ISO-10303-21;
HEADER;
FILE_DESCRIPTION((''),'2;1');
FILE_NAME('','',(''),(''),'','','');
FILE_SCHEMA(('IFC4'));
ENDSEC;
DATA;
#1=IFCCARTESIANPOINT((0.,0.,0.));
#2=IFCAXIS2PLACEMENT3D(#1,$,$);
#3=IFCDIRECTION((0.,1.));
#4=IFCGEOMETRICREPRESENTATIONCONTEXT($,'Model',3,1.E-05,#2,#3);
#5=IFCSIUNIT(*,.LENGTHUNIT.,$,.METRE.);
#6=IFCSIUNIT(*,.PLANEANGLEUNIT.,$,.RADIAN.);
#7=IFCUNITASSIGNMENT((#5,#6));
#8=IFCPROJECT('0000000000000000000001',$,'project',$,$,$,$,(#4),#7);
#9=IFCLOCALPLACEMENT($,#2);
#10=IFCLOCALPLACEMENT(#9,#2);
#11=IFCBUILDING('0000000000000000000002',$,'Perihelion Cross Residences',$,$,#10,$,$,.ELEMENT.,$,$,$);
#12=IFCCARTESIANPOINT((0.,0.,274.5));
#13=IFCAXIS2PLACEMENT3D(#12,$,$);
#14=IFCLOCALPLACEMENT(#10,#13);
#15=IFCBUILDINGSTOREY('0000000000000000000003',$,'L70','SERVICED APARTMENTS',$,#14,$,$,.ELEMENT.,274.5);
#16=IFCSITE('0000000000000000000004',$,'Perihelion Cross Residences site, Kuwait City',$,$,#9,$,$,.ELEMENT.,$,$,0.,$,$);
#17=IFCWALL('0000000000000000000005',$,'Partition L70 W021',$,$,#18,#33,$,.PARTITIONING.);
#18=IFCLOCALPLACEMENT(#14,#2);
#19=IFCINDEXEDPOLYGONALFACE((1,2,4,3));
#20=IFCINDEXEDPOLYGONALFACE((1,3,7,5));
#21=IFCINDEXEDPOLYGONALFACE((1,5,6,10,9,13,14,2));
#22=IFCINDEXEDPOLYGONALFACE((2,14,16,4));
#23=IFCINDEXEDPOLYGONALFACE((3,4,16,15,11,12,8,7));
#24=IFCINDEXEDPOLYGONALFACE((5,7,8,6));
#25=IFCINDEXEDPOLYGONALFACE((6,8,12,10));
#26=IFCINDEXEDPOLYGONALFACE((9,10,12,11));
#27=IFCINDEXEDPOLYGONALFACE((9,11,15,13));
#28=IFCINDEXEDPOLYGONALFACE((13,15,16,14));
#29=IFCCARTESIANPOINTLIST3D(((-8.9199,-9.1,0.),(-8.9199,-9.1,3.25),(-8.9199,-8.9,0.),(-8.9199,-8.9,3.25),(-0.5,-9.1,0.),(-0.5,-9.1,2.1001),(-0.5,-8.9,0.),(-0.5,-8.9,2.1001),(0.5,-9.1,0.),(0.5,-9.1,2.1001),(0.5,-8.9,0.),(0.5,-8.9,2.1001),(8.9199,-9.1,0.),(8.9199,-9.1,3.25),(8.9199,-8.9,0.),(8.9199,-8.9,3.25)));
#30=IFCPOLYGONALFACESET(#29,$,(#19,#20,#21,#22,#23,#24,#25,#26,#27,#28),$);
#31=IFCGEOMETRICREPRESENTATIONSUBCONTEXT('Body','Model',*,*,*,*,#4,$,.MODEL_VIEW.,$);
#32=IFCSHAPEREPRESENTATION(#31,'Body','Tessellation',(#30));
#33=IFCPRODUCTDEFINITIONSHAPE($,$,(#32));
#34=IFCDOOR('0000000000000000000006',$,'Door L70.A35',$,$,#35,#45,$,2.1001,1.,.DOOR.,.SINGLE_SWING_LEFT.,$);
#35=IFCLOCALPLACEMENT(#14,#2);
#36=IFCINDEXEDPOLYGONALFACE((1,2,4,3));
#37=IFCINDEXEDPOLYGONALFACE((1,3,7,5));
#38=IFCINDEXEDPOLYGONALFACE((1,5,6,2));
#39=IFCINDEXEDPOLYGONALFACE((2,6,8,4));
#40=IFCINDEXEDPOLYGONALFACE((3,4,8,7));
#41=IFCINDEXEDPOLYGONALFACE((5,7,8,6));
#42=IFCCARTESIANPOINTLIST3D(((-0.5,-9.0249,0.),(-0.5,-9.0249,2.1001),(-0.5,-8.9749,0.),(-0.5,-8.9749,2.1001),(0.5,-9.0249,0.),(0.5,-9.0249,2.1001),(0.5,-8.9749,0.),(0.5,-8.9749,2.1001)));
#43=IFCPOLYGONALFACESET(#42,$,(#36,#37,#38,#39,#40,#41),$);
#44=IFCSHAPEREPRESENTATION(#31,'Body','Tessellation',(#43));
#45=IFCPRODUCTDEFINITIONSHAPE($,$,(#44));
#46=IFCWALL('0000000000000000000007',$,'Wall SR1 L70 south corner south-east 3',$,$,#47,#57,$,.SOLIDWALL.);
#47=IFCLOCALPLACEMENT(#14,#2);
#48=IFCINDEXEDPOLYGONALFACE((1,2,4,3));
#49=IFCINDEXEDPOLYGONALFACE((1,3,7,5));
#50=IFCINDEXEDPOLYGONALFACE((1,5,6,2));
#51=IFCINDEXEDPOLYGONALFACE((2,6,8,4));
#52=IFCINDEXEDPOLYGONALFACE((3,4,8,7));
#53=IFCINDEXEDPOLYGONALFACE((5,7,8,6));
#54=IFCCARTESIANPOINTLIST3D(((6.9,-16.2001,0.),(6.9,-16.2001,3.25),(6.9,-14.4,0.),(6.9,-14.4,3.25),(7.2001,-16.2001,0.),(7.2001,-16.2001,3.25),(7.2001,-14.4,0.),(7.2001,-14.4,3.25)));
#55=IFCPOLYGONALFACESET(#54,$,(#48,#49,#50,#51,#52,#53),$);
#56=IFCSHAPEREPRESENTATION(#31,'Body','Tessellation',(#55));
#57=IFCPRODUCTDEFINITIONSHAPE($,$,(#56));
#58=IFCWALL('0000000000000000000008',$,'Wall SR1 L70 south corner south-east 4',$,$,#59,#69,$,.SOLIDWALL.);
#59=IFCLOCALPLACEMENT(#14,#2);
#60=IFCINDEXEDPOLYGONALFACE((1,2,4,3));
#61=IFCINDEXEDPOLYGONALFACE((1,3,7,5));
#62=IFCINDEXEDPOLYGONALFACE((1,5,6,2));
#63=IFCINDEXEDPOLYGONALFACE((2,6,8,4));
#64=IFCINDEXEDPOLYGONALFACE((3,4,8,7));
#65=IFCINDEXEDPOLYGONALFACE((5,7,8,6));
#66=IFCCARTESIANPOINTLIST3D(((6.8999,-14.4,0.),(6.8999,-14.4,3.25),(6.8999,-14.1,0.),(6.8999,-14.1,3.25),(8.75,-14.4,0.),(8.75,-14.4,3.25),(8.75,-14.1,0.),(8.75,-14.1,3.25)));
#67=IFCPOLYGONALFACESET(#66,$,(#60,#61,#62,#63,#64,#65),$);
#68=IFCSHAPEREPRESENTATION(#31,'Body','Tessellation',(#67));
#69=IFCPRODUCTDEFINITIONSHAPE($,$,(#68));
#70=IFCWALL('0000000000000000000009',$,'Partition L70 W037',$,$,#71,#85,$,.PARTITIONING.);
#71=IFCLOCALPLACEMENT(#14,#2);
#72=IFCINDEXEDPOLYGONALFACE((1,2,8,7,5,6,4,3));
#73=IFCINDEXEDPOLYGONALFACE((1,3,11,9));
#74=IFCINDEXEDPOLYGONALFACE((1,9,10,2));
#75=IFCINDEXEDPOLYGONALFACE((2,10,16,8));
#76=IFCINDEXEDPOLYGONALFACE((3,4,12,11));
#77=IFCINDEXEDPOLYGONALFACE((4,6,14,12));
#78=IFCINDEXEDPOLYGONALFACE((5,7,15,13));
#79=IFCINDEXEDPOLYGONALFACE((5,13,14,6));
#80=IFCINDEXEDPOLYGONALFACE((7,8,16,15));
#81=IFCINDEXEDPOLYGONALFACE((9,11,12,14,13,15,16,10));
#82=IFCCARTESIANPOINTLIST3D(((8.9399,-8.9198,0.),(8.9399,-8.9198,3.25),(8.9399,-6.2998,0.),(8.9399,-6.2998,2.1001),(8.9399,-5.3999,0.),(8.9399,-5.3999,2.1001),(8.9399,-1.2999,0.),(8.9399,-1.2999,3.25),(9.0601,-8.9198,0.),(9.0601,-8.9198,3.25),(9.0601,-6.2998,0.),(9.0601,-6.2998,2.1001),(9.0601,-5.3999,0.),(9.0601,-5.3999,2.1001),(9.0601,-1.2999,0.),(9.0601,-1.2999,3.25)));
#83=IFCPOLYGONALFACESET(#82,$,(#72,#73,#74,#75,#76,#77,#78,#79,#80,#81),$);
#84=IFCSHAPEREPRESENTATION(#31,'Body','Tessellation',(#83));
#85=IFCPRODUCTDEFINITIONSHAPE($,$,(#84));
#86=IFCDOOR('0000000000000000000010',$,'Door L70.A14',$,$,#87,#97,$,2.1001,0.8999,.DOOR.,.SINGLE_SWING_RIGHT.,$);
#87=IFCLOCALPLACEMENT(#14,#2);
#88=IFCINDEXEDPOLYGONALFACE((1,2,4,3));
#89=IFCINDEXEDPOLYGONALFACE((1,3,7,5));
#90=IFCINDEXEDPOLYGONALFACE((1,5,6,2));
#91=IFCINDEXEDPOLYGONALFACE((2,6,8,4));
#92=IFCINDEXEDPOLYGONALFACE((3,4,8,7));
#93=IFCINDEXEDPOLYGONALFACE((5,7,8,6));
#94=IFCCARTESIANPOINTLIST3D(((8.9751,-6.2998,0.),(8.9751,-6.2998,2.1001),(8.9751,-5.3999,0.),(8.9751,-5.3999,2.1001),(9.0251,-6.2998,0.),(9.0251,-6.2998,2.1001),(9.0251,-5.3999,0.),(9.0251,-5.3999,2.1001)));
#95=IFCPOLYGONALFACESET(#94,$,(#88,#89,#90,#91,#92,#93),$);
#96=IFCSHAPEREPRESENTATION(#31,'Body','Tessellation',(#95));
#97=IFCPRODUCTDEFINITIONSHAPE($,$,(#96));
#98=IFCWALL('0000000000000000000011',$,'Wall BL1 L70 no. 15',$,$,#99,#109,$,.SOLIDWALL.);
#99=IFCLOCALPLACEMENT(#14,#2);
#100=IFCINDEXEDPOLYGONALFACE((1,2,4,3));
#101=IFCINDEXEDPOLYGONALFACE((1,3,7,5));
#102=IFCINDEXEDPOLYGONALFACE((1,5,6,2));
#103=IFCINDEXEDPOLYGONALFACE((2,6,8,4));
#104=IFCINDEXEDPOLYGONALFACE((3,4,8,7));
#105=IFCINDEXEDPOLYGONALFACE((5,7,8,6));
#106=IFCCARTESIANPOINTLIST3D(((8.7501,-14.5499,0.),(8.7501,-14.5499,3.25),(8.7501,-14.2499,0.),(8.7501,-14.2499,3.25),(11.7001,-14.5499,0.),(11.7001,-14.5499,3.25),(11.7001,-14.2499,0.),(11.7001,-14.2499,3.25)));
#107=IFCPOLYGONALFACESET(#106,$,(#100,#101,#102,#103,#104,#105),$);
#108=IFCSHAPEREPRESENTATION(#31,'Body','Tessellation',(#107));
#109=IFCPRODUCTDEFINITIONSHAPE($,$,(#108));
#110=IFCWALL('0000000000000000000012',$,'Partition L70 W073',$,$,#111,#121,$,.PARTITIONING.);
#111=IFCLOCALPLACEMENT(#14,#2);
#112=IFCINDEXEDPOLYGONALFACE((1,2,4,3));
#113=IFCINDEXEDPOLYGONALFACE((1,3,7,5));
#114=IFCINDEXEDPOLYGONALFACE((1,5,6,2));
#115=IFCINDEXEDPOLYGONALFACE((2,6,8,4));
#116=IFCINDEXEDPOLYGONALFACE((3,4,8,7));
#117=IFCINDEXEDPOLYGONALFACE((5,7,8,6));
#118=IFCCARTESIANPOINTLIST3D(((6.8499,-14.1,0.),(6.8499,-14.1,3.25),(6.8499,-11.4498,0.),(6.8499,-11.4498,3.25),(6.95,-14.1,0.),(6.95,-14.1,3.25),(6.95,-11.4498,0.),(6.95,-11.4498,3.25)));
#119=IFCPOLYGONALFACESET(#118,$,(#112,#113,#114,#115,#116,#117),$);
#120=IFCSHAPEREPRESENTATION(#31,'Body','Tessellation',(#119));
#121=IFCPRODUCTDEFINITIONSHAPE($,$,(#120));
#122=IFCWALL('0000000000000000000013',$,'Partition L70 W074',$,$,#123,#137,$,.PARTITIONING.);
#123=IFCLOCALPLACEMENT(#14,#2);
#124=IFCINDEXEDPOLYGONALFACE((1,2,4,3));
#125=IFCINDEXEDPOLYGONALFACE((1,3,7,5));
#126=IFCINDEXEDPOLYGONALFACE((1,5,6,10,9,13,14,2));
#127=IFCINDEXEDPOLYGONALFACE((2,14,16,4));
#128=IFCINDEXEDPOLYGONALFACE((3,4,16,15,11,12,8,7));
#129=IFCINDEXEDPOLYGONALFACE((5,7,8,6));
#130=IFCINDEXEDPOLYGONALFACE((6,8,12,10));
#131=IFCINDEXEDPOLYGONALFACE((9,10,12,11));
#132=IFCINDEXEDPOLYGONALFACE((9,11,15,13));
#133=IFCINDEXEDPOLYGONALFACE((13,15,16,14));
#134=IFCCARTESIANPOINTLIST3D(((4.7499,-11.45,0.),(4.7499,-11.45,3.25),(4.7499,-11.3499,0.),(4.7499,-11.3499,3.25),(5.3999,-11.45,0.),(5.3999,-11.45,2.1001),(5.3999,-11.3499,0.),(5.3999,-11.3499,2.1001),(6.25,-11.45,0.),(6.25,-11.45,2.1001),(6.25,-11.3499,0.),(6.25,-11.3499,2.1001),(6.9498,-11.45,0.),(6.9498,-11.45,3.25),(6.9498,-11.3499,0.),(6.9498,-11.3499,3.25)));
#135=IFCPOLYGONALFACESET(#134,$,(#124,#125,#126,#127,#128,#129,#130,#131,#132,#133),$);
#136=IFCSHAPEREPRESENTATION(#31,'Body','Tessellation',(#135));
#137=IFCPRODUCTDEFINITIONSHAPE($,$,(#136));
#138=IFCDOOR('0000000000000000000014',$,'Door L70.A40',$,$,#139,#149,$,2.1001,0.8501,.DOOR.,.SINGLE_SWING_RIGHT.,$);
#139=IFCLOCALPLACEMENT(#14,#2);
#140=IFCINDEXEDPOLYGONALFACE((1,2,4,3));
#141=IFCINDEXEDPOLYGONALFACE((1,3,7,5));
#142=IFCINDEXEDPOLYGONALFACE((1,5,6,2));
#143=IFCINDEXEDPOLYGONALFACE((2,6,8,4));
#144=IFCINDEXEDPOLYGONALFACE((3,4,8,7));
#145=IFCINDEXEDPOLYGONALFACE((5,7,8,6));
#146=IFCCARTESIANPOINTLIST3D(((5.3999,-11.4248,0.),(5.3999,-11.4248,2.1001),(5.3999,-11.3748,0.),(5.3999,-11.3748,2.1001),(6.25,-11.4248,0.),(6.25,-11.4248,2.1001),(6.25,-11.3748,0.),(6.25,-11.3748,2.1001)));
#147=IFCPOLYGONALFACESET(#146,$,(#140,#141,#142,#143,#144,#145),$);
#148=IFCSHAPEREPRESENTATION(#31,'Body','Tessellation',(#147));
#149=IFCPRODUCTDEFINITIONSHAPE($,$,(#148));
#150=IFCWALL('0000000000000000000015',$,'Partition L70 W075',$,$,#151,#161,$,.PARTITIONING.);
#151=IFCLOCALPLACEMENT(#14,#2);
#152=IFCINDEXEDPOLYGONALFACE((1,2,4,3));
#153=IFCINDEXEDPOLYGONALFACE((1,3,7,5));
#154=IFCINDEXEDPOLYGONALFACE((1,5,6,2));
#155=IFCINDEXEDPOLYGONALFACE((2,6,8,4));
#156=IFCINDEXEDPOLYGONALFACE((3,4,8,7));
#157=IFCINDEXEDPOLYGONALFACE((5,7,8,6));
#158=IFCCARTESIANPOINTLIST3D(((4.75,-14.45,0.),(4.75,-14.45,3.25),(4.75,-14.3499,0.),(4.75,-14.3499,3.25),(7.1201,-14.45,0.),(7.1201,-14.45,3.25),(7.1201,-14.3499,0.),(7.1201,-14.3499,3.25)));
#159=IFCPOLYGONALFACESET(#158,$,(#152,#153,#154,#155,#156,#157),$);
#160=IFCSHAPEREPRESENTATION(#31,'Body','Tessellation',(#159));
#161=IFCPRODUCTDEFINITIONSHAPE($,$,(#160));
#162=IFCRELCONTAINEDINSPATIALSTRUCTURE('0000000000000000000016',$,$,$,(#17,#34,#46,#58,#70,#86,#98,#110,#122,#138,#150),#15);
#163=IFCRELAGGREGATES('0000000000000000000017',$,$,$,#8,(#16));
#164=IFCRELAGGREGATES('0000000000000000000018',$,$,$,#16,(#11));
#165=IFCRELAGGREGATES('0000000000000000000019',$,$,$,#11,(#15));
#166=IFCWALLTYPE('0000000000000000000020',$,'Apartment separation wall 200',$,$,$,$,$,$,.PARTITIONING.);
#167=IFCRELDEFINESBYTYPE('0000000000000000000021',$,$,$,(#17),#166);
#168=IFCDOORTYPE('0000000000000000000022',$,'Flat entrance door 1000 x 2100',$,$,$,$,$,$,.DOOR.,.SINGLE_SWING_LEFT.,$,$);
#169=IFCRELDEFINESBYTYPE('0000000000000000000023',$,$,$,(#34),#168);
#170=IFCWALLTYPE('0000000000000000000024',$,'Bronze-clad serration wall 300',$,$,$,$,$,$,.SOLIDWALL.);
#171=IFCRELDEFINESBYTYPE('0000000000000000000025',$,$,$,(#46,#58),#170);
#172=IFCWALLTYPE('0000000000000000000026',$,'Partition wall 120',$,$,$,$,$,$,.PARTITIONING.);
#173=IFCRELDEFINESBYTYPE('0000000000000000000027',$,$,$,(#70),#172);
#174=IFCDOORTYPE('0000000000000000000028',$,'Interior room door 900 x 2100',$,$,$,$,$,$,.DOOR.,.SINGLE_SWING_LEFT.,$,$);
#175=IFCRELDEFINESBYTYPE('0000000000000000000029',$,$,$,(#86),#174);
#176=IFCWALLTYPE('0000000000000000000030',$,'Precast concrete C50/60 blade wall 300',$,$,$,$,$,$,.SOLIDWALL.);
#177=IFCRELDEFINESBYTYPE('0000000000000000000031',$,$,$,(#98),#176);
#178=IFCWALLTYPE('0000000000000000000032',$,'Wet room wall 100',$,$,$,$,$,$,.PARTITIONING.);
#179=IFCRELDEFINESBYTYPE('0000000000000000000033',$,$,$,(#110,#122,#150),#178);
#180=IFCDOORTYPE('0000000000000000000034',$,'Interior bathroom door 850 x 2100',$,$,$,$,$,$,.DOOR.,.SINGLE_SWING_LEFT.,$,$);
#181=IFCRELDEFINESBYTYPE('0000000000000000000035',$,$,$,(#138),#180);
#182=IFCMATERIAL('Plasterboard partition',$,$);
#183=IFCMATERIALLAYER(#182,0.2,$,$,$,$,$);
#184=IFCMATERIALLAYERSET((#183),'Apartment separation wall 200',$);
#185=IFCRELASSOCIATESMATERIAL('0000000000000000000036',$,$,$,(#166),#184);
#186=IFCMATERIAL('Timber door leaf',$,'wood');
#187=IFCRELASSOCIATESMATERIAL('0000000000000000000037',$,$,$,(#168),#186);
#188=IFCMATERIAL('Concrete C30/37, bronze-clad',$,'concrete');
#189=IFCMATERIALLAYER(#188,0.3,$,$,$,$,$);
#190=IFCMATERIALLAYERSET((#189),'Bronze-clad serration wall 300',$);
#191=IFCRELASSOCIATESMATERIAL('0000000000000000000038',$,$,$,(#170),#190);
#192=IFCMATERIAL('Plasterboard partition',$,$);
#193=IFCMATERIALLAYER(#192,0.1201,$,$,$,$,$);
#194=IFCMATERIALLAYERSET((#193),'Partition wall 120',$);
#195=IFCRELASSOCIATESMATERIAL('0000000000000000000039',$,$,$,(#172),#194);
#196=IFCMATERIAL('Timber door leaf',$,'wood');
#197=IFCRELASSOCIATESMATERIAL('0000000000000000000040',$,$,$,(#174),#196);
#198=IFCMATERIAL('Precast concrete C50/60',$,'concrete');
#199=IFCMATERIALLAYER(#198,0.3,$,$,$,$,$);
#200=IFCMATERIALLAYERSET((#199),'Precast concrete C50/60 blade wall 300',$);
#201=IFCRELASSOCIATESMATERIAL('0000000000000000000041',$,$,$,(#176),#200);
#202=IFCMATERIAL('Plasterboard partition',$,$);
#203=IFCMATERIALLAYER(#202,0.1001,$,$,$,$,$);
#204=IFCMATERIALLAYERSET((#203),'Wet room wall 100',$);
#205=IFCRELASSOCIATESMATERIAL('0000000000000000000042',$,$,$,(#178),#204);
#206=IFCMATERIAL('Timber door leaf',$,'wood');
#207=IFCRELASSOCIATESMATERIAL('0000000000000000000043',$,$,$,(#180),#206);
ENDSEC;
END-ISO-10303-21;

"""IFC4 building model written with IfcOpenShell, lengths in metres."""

from ifc_helpers import new_model, si_unit, direction, frame, frame_2d, origin, place, context, subcontext, project, spatial, rectangle, extrude, material, layer, layer_set, type_object, element, fill, save


model = new_model("IFC4")

# Units and contexts
model_context = context("Model", 3, precision=1e-05, world=origin(), true_north=direction((0.0, 1.0)))
body_context = subcontext(model_context, "Body", "Model", "MODEL_VIEW")
ifc_project = project(units=[si_unit("LENGTHUNIT", "METRE"), si_unit("PLANEANGLEUNIT", "RADIAN")], contexts=[model_context])

# Site, building, storey
site_placement = place(None, origin())
site = spatial("IfcSite", under=ifc_project, at=site_placement, Name="Perihelion Cross Residences site, Kuwait City", CompositionType="ELEMENT", RefElevation=0.0)
building_placement = place(site_placement, origin())
building = spatial("IfcBuilding", under=site, at=building_placement, Name="Perihelion Cross Residences", CompositionType="ELEMENT")
storey_placement = place(building_placement, frame((0.0, 0.0, 274.5)))
storey = spatial("IfcBuildingStorey", under=building, at=storey_placement, Name="L70", Description="SERVICED APARTMENTS", CompositionType="ELEMENT", Elevation=274.5)

# Wall, opening, door
ifc_material_1 = material(Name="Plasterboard partition")
ifc_layer_1 = layer(ifc_material_1, 0.2)
ifc_layer_set_1 = layer_set([ifc_layer_1], Name="Apartment separation wall 200")
wall_type_1 = type_object("IfcWallType", Name="Apartment separation wall 200", PredefinedType="PARTITIONING", material=ifc_layer_set_1)
wall_1_placement = place(storey_placement, frame((8.9199, -9.0, 0.0), z_axis=(0.0, 0.0, 1.0), x_axis=(-1.0, 0.0, 0.0)))
wall_1 = element("IfcWall", 1, at=wall_1_placement, inside=storey, type_object=wall_type_1, Name="Partition L70 W021", PredefinedType="PARTITIONING", context=body_context, shape_type="SweptSolid", body=[
    extrude(rectangle(XDim=17.8398, YDim=0.2, at=frame_2d((8.9199, 0.0))), origin(), (0.0, 0.0, 1.0), 3.25),
])
opening_1_placement = place(wall_1_placement, frame((8.4199, 0.0, 0.0)))
opening_1 = element("IfcOpeningElement", 2, at=opening_1_placement, cuts=wall_1, PredefinedType="OPENING", context=body_context, shape_type="SweptSolid", body=[
    extrude(rectangle(XDim=1.0, YDim=2.1001, at=frame_2d((0.5, 1.05))), frame((0.0, 0.1099, 0.0), z_axis=(0.0, -1.0, 0.0), x_axis=(1.0, 0.0, 0.0)), (0.0, 0.0, 1.0), 0.22),
])
ifc_material_2 = material(Name="Timber door leaf", Category="wood")
door_type_1 = type_object("IfcDoorType", Name="Flat entrance door 1000 x 2100", OperationType="SINGLE_SWING_LEFT", PredefinedType="DOOR", material=ifc_material_2)
door_1_placement = place(opening_1_placement, origin())
door_1 = element("IfcDoor", 3, at=door_1_placement, inside=storey, type_object=door_type_1, Name="Door L70.A35", OperationType="SINGLE_SWING_LEFT", OverallHeight=2.1001, OverallWidth=1.0, PredefinedType="DOOR", context=body_context, shape_type="SweptSolid", body=[
    extrude(rectangle(XDim=1.0, YDim=2.1001, at=frame_2d((0.5, 1.05))), frame((0.0, 0.0249, 0.0), z_axis=(0.0, -1.0, 0.0), x_axis=(1.0, 0.0, 0.0)), (0.0, 0.0, 1.0), 0.05),
])
fill(opening_1, door_1)

# Walls
ifc_material_3 = material(Name="Concrete C30/37, bronze-clad", Category="concrete")
ifc_layer_2 = layer(ifc_material_3, 0.3)
ifc_layer_set_2 = layer_set([ifc_layer_2], Name="Bronze-clad serration wall 300")
wall_type_2 = type_object("IfcWallType", Name="Bronze-clad serration wall 300", PredefinedType="SOLIDWALL", material=ifc_layer_set_2)
wall_2_placement = place(storey_placement, frame((7.05, -16.2, 0.0), z_axis=(0.0, 0.0, 1.0), x_axis=(0.0, 1.0, 0.0)))
element("IfcWall", 4, at=wall_2_placement, inside=storey, type_object=wall_type_2, Name="Wall SR1 L70 south corner south-east 3", PredefinedType="SOLIDWALL", context=body_context, shape_type="SweptSolid", body=[
    extrude(rectangle(XDim=1.8, YDim=0.3, at=frame_2d((0.8999, 0.0))), origin(), (0.0, 0.0, 1.0), 3.25),
])
wall_3_placement = place(storey_placement, frame((6.8999, -14.25, 0.0), z_axis=(0.0, 0.0, 1.0), x_axis=(1.0, 0.0, 0.0)))
element("IfcWall", 5, at=wall_3_placement, inside=storey, type_object=wall_type_2, Name="Wall SR1 L70 south corner south-east 4", PredefinedType="SOLIDWALL", context=body_context, shape_type="SweptSolid", body=[
    extrude(rectangle(XDim=1.8501, YDim=0.3, at=frame_2d((0.925, 0.0))), origin(), (0.0, 0.0, 1.0), 3.25),
])

# Wall, opening, door
ifc_material_4 = material(Name="Plasterboard partition")
ifc_layer_3 = layer(ifc_material_4, 0.1201)
ifc_layer_set_3 = layer_set([ifc_layer_3], Name="Partition wall 120")
wall_type_3 = type_object("IfcWallType", Name="Partition wall 120", PredefinedType="PARTITIONING", material=ifc_layer_set_3)
wall_4_placement = place(storey_placement, frame((9.0, -8.9199, 0.0), z_axis=(0.0, 0.0, 1.0), x_axis=(0.0, 1.0, 0.0)))
wall_4 = element("IfcWall", 6, at=wall_4_placement, inside=storey, type_object=wall_type_3, Name="Partition L70 W037", PredefinedType="PARTITIONING", context=body_context, shape_type="SweptSolid", body=[
    extrude(rectangle(XDim=7.6199, YDim=0.1201, at=frame_2d((3.8101, 0.0))), origin(), (0.0, 0.0, 1.0), 3.25),
])
opening_2_placement = place(wall_4_placement, frame((2.6201, 0.0, 0.0)))
opening_2 = element("IfcOpeningElement", 7, at=opening_2_placement, cuts=wall_4, PredefinedType="OPENING", context=body_context, shape_type="SweptSolid", body=[
    extrude(rectangle(XDim=0.8999, YDim=2.1001, at=frame_2d((0.45, 1.05))), frame((0.0, 0.0701, 0.0), z_axis=(0.0, -1.0, 0.0), x_axis=(1.0, 0.0, 0.0)), (0.0, 0.0, 1.0), 0.1401),
])
ifc_material_5 = material(Name="Timber door leaf", Category="wood")
door_type_2 = type_object("IfcDoorType", Name="Interior room door 900 x 2100", OperationType="SINGLE_SWING_LEFT", PredefinedType="DOOR", material=ifc_material_5)
door_2_placement = place(opening_2_placement, origin())
door_2 = element("IfcDoor", 8, at=door_2_placement, inside=storey, type_object=door_type_2, Name="Door L70.A14", OperationType="SINGLE_SWING_RIGHT", OverallHeight=2.1001, OverallWidth=0.8999, PredefinedType="DOOR", context=body_context, shape_type="SweptSolid", body=[
    extrude(rectangle(XDim=0.8999, YDim=2.1001, at=frame_2d((0.45, 1.05))), frame((0.0, 0.0249, 0.0), z_axis=(0.0, -1.0, 0.0), x_axis=(1.0, 0.0, 0.0)), (0.0, 0.0, 1.0), 0.05),
])
fill(opening_2, door_2)

# Walls
ifc_material_6 = material(Name="Precast concrete C50/60", Category="concrete")
ifc_layer_4 = layer(ifc_material_6, 0.3)
ifc_layer_set_4 = layer_set([ifc_layer_4], Name="Precast concrete C50/60 blade wall 300")
wall_type_4 = type_object("IfcWallType", Name="Precast concrete C50/60 blade wall 300", PredefinedType="SOLIDWALL", material=ifc_layer_set_4)
wall_5_placement = place(storey_placement, frame((8.75, -14.3999, 0.0), z_axis=(0.0, 0.0, 1.0), x_axis=(1.0, 0.0, 0.0)))
element("IfcWall", 9, at=wall_5_placement, inside=storey, type_object=wall_type_4, Name="Wall BL1 L70 no. 15", PredefinedType="SOLIDWALL", context=body_context, shape_type="SweptSolid", body=[
    extrude(rectangle(XDim=2.95, YDim=0.3, at=frame_2d((1.4751, 0.0))), origin(), (0.0, 0.0, 1.0), 3.25),
])
ifc_material_7 = material(Name="Plasterboard partition")
ifc_layer_5 = layer(ifc_material_7, 0.1001)
ifc_layer_set_5 = layer_set([ifc_layer_5], Name="Wet room wall 100")
wall_type_5 = type_object("IfcWallType", Name="Wet room wall 100", PredefinedType="PARTITIONING", material=ifc_layer_set_5)
wall_6_placement = place(storey_placement, frame((6.8999, -14.1001, 0.0), z_axis=(0.0, 0.0, 1.0), x_axis=(0.0, 1.0, 0.0)))
element("IfcWall", 10, at=wall_6_placement, inside=storey, type_object=wall_type_5, Name="Partition L70 W073", PredefinedType="PARTITIONING", context=body_context, shape_type="SweptSolid", body=[
    extrude(rectangle(XDim=2.6501, YDim=0.1001, at=frame_2d((1.3252, 0.0))), origin(), (0.0, 0.0, 1.0), 3.25),
])

# Wall, opening, door
wall_7_placement = place(storey_placement, frame((6.95, -11.3999, 0.0), z_axis=(0.0, 0.0, 1.0), x_axis=(-1.0, 0.0, 0.0)))
wall_7 = element("IfcWall", 11, at=wall_7_placement, inside=storey, type_object=wall_type_5, Name="Partition L70 W074", PredefinedType="PARTITIONING", context=body_context, shape_type="SweptSolid", body=[
    extrude(rectangle(XDim=2.2, YDim=0.1001, at=frame_2d((1.1001, 0.0))), origin(), (0.0, 0.0, 1.0), 3.25),
])
opening_3_placement = place(wall_7_placement, frame((0.7, 0.0, 0.0)))
opening_3 = element("IfcOpeningElement", 12, at=opening_3_placement, cuts=wall_7, PredefinedType="OPENING", context=body_context, shape_type="SweptSolid", body=[
    extrude(rectangle(XDim=0.8501, YDim=2.1001, at=frame_2d((0.425, 1.05))), frame((0.0, 0.0601, 0.0), z_axis=(0.0, -1.0, 0.0), x_axis=(1.0, 0.0, 0.0)), (0.0, 0.0, 1.0), 0.1201),
])
ifc_material_8 = material(Name="Timber door leaf", Category="wood")
door_type_3 = type_object("IfcDoorType", Name="Interior bathroom door 850 x 2100", OperationType="SINGLE_SWING_LEFT", PredefinedType="DOOR", material=ifc_material_8)
door_3_placement = place(opening_3_placement, origin())
door_3 = element("IfcDoor", 13, at=door_3_placement, inside=storey, type_object=door_type_3, Name="Door L70.A40", OperationType="SINGLE_SWING_RIGHT", OverallHeight=2.1001, OverallWidth=0.8501, PredefinedType="DOOR", context=body_context, shape_type="SweptSolid", body=[
    extrude(rectangle(XDim=0.8501, YDim=2.1001, at=frame_2d((0.425, 1.05))), frame((0.0, 0.0249, 0.0), z_axis=(0.0, -1.0, 0.0), x_axis=(1.0, 0.0, 0.0)), (0.0, 0.0, 1.0), 0.05),
])
fill(opening_3, door_3)

# Wall
wall_8_placement = place(storey_placement, frame((7.1201, -14.3999, 0.0), z_axis=(0.0, 0.0, 1.0), x_axis=(-1.0, 0.0, 0.0)))
element("IfcWall", 14, at=wall_8_placement, inside=storey, type_object=wall_type_5, Name="Partition L70 W075", PredefinedType="PARTITIONING", context=body_context, shape_type="SweptSolid", body=[
    extrude(rectangle(XDim=2.3701, YDim=0.1001, at=frame_2d((1.1851, 0.0))), origin(), (0.0, 0.0, 1.0), 3.25),
])

save(model, "model.ifc")
